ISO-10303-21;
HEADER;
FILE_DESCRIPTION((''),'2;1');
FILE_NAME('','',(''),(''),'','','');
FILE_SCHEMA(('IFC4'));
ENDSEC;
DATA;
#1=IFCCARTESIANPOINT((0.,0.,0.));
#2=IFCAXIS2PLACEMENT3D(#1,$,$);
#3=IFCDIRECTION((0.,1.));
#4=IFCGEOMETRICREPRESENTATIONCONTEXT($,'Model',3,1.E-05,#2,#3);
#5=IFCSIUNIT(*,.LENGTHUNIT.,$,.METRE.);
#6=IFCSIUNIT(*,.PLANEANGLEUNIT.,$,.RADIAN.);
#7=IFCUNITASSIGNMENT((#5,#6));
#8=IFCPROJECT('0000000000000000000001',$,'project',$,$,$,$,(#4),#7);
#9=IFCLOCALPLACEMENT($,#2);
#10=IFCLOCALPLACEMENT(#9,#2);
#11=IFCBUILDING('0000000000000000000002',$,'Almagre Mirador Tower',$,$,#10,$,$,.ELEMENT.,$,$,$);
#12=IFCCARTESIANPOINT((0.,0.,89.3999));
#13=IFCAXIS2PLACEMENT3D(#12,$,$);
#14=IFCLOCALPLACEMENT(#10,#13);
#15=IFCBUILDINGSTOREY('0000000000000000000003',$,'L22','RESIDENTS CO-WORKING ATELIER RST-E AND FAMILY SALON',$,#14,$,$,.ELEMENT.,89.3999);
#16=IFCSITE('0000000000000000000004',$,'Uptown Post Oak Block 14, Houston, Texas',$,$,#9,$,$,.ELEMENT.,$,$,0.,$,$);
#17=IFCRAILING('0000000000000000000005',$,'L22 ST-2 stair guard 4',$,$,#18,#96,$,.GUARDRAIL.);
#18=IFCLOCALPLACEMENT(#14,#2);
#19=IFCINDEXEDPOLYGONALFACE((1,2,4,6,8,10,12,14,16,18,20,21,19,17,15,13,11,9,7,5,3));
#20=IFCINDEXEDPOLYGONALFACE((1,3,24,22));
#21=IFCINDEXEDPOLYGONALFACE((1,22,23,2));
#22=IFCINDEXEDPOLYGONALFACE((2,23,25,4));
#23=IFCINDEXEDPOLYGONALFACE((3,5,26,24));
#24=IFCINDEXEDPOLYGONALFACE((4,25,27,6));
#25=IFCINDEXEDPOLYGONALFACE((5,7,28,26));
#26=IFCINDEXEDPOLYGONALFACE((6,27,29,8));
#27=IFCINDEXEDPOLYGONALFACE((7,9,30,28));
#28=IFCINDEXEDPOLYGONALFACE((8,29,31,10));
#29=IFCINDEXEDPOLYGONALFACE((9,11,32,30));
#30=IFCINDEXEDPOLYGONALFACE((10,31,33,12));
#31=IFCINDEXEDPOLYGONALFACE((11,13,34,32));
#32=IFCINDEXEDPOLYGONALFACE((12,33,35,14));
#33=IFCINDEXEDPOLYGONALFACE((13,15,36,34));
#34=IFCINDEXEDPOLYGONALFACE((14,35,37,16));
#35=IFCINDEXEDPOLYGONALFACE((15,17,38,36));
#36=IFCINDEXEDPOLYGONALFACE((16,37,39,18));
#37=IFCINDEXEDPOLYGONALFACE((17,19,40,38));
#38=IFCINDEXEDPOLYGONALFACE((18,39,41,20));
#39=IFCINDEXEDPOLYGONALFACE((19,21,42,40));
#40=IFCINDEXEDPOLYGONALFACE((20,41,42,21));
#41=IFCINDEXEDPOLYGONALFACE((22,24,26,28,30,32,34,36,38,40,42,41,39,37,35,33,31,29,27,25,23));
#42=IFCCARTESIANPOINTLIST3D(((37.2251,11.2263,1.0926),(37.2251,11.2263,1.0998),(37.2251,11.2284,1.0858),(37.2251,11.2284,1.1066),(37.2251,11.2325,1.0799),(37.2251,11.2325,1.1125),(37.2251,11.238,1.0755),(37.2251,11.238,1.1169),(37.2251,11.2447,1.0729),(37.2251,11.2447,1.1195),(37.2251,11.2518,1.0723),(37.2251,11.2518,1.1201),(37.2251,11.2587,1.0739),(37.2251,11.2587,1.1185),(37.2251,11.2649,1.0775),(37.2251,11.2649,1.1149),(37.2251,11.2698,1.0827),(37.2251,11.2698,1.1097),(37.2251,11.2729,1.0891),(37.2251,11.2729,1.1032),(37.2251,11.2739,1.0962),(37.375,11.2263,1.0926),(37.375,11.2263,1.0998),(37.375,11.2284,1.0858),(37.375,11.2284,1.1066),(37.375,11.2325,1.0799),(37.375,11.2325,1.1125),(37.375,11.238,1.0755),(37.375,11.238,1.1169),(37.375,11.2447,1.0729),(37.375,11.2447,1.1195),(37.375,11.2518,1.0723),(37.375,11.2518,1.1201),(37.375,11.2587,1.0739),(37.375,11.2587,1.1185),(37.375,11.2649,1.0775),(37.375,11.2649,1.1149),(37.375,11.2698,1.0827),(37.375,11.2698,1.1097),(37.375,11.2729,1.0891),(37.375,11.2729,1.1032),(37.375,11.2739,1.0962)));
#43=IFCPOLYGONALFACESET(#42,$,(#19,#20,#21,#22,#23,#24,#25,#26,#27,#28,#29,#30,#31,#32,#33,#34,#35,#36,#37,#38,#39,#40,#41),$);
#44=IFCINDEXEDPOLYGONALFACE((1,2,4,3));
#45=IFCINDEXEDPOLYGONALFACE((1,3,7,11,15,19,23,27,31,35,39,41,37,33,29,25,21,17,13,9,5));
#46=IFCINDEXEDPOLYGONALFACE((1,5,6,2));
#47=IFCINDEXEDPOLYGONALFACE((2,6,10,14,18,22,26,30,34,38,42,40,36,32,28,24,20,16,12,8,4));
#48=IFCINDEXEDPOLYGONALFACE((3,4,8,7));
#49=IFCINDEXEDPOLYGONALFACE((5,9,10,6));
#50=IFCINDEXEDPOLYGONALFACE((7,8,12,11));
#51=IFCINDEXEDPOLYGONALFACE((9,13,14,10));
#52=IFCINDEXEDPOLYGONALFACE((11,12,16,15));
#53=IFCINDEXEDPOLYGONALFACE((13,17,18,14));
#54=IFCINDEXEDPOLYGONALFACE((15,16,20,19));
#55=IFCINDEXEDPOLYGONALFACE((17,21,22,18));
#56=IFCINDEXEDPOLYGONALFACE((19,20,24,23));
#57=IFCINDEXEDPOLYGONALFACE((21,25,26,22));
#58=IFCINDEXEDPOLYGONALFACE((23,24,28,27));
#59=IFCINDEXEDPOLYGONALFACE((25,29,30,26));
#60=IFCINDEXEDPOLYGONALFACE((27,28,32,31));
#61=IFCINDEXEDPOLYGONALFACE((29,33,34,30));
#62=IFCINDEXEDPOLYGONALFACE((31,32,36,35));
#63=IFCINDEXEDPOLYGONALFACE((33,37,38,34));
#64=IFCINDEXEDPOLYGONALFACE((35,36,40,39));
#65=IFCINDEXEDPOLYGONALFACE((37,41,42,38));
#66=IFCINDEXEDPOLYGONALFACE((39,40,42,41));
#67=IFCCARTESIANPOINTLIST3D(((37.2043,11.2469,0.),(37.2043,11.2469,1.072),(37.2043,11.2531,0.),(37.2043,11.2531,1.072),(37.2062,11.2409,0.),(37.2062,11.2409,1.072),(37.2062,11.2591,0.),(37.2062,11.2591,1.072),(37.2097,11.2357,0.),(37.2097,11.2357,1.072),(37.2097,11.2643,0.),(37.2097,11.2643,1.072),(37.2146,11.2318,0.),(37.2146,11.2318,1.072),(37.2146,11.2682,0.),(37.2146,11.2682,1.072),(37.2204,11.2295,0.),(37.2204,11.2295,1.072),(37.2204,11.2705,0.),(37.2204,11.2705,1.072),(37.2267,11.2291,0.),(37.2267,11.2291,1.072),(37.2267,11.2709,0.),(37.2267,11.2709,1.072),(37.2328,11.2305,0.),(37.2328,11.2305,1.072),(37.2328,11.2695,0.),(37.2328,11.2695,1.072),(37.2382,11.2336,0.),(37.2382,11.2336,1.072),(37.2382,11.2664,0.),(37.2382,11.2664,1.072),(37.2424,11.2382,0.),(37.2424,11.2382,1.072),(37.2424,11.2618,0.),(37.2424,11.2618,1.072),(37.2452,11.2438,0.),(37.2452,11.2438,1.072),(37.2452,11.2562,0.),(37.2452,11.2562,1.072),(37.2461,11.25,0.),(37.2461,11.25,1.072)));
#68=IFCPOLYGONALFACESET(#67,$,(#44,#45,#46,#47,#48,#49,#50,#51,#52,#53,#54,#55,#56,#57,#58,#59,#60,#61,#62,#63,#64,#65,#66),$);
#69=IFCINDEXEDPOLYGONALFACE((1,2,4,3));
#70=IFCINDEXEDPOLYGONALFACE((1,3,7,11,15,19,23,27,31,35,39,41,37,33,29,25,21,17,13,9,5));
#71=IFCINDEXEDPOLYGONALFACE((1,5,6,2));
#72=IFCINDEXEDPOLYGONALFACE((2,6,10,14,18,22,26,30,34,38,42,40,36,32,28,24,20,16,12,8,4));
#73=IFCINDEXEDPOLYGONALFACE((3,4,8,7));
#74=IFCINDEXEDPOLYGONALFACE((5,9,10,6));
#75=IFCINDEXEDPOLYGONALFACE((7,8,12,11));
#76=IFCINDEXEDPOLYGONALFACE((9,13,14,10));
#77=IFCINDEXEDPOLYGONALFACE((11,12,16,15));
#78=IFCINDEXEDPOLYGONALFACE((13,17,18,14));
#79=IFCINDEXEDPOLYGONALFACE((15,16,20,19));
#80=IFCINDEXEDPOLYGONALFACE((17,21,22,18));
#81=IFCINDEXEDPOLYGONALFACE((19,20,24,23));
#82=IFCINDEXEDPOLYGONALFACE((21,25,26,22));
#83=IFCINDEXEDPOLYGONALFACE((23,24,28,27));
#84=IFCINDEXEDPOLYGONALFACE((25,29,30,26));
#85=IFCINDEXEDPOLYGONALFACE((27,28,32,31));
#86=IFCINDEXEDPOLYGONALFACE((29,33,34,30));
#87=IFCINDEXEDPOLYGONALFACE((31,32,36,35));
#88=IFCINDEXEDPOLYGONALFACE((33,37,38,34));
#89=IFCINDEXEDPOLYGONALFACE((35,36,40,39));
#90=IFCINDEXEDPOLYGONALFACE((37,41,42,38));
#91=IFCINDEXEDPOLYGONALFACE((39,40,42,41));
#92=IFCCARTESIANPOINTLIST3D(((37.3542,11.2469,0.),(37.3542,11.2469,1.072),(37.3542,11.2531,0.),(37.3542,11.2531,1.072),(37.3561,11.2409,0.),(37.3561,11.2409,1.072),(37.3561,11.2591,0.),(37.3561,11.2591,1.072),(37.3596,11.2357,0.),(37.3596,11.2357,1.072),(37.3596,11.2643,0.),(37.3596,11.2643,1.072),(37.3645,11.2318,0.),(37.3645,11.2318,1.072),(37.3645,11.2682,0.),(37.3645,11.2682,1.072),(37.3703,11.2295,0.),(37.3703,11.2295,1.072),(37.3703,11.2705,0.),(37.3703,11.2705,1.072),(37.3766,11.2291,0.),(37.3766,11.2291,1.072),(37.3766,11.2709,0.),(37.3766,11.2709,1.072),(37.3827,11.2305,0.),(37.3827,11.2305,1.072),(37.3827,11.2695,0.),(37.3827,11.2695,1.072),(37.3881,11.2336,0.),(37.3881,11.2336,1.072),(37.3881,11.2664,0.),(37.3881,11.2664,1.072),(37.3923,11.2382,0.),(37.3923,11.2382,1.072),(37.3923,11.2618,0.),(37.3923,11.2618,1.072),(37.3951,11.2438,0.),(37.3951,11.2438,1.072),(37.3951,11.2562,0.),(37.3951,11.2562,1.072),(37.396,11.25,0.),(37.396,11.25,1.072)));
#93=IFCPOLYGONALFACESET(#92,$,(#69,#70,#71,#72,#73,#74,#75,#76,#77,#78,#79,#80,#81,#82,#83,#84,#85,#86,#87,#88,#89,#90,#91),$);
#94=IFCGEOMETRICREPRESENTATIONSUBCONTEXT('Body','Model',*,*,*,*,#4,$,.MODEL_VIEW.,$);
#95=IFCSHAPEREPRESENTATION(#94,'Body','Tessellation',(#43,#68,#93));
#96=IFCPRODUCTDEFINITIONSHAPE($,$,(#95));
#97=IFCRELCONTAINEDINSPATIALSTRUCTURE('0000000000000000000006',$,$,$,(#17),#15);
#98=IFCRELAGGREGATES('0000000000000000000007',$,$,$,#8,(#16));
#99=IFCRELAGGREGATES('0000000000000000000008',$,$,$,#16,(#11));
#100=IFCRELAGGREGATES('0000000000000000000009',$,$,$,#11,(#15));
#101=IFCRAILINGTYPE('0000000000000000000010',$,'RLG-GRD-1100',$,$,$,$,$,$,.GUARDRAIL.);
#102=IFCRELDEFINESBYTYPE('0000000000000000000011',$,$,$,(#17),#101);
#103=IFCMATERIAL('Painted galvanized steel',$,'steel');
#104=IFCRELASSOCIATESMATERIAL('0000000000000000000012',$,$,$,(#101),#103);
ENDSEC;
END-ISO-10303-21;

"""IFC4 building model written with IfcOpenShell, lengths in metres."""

from ifc_helpers import new_model, si_unit, direction, frame, origin, origin_2d, place, context, subcontext, project, spatial, circle, extrude, material, type_object, element, save


model = new_model("IFC4")

# Units and contexts
model_context = context("Model", 3, precision=1e-05, world=origin(), true_north=direction((0.0, 1.0)))
body_context = subcontext(model_context, "Body", "Model", "MODEL_VIEW")
ifc_project = project(units=[si_unit("LENGTHUNIT", "METRE"), si_unit("PLANEANGLEUNIT", "RADIAN")], contexts=[model_context])

# Site, building, storey
site_placement = place(None, origin())
site = spatial("IfcSite", under=ifc_project, at=site_placement, Name="Uptown Post Oak Block 14, Houston, Texas", CompositionType="ELEMENT", RefElevation=0.0)
building_placement = place(site_placement, origin())
building = spatial("IfcBuilding", under=site, at=building_placement, Name="Almagre Mirador Tower", CompositionType="ELEMENT")
storey_placement = place(building_placement, frame((0.0, 0.0, 89.3999)))
storey = spatial("IfcBuildingStorey", under=building, at=storey_placement, Name="L22", Description="RESIDENTS CO-WORKING ATELIER RST-E AND FAMILY SALON", CompositionType="ELEMENT", Elevation=89.3999)

# Railing
ifc_material_1 = material(Name="Painted galvanized steel", Category="steel")
railing_type_1 = type_object("IfcRailingType", Name="RLG-GRD-1100", PredefinedType="GUARDRAIL", material=ifc_material_1)
railing_1_placement = place(storey_placement, frame((37.2251, 11.25, 0.0)))
element("IfcRailing", 1, at=railing_1_placement, inside=storey, type_object=railing_type_1, Name="L22 ST-2 stair guard 4", PredefinedType="GUARDRAIL", context=body_context, shape_type="SweptSolid", body=[
    extrude(circle(Radius=0.0239, at=origin_2d()), frame((0.0, 0.0, 1.0962), z_axis=(1.0, 0.0, 0.0), x_axis=(0.0, 1.0, 0.0)), (0.0, 0.0, 1.0), 0.1499),
    extrude(circle(Radius=0.021, at=origin_2d()), origin(), (0.0, 0.0, 1.0), 1.072),
    extrude(circle(Radius=0.021, at=origin_2d()), frame((0.1499, 0.0, 0.0)), (0.0, 0.0, 1.0), 1.072),
])

save(model, "model.ifc")
